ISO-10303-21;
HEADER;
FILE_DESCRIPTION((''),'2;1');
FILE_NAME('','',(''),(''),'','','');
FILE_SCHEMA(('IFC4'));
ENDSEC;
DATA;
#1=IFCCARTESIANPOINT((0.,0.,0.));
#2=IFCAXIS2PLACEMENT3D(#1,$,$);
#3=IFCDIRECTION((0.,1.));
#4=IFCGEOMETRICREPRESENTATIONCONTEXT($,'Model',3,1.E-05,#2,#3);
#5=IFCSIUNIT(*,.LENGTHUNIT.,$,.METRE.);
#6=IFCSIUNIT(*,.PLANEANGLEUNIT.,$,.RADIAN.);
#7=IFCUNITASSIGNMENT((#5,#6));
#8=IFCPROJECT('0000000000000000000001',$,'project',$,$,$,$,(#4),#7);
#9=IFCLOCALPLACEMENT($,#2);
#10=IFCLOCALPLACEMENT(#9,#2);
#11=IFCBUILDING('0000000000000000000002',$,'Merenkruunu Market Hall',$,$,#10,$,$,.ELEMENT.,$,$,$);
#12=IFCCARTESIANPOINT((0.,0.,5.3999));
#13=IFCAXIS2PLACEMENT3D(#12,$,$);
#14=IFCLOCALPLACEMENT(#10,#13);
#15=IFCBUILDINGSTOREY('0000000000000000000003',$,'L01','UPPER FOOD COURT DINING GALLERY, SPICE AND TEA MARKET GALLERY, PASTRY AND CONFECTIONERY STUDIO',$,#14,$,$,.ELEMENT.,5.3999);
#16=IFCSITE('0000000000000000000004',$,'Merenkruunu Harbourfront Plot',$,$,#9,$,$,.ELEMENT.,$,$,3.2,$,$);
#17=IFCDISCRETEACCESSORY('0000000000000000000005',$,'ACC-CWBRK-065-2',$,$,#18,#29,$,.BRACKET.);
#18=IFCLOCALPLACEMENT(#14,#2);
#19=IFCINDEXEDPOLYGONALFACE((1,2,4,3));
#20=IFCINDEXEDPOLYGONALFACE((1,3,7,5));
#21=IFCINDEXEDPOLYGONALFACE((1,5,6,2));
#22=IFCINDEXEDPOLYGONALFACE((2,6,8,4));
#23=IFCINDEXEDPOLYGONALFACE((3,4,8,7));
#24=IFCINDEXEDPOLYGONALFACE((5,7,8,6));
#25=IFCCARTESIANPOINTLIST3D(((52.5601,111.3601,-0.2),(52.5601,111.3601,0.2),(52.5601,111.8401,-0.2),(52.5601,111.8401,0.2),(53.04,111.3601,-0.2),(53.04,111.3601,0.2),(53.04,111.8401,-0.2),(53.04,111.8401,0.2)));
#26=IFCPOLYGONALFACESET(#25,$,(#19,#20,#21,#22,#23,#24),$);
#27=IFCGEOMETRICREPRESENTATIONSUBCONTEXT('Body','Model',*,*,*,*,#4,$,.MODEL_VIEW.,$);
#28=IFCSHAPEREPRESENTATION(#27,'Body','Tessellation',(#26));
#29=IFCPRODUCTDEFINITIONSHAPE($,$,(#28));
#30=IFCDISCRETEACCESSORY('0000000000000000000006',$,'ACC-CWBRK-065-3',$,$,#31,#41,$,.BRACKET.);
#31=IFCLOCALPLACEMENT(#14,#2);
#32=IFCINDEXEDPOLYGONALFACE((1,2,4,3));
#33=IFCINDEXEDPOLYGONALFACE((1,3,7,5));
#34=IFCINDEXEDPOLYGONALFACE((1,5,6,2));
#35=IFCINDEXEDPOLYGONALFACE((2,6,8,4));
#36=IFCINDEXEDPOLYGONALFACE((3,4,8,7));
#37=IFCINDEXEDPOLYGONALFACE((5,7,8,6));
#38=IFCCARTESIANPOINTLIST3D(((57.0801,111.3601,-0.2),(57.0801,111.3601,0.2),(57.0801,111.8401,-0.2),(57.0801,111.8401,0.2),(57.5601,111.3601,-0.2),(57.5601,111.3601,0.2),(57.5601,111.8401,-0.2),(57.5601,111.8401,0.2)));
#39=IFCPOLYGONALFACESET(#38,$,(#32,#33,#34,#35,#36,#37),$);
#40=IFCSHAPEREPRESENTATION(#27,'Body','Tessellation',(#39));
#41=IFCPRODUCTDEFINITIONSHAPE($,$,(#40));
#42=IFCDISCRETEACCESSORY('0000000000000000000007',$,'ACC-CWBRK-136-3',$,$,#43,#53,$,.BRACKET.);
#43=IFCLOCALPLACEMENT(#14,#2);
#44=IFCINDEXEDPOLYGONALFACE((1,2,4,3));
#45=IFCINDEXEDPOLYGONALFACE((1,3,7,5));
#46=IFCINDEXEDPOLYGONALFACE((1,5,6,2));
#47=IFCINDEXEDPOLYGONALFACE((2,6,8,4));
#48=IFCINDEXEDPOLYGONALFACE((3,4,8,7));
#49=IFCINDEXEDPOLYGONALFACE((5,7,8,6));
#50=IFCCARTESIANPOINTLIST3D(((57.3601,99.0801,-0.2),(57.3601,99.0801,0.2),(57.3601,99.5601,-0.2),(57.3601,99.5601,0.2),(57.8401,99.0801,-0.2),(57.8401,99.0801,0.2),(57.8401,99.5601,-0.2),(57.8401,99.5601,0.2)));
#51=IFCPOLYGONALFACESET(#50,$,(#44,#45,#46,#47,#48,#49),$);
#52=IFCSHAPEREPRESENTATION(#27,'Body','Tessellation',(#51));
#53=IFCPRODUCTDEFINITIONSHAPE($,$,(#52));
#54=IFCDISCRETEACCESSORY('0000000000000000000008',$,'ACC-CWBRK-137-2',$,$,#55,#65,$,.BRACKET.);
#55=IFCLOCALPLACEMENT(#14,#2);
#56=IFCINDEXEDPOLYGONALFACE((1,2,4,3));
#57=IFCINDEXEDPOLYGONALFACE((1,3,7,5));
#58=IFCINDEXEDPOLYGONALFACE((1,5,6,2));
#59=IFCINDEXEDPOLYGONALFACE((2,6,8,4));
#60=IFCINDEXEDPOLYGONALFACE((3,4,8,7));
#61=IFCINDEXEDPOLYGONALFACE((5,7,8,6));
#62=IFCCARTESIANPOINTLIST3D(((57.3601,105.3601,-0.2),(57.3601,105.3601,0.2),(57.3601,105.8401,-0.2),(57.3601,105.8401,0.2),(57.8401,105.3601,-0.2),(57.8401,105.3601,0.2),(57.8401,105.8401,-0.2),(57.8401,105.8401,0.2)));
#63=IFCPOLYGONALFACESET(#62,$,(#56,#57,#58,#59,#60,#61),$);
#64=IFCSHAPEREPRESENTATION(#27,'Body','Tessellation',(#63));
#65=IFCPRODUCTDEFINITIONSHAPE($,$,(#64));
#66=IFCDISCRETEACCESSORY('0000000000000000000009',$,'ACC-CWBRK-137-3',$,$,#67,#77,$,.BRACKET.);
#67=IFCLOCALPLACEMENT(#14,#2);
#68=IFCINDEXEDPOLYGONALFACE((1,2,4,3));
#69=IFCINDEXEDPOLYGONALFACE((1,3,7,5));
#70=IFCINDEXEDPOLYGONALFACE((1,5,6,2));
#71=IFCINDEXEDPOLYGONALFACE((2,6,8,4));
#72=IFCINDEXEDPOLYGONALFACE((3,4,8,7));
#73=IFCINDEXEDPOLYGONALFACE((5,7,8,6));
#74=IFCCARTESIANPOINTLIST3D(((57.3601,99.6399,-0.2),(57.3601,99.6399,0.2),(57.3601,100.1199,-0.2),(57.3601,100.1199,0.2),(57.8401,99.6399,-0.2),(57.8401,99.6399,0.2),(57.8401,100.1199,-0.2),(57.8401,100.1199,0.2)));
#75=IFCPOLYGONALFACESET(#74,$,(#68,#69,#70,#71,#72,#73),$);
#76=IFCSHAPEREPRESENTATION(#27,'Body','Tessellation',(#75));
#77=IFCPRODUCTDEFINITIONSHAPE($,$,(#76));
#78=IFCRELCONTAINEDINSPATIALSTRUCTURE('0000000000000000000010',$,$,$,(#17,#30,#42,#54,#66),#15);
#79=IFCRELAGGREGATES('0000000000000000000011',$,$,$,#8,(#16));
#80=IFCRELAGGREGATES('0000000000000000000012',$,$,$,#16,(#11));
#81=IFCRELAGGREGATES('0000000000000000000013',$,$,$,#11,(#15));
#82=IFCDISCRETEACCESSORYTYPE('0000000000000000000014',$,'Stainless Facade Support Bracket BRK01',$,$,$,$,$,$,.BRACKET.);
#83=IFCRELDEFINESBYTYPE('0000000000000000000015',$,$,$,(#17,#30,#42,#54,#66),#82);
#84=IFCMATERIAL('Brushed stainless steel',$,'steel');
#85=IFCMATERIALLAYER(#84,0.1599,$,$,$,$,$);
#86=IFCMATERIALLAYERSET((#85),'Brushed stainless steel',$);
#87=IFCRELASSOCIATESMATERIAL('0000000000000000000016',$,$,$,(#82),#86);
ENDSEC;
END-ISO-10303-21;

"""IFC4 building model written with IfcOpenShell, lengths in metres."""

from ifc_helpers import new_model, si_unit, direction, frame, origin, origin_2d, place, context, subcontext, project, spatial, rectangle, extrude, material, layer, layer_set, type_object, element, save


model = new_model("IFC4")

# Units and contexts
model_context = context("Model", 3, precision=1e-05, world=origin(), true_north=direction((0.0, 1.0)))
body_context = subcontext(model_context, "Body", "Model", "MODEL_VIEW")
ifc_project = project(units=[si_unit("LENGTHUNIT", "METRE"), si_unit("PLANEANGLEUNIT", "RADIAN")], contexts=[model_context])

# Site, building, storey
site_placement = place(None, origin())
site = spatial("IfcSite", under=ifc_project, at=site_placement, Name="Merenkruunu Harbourfront Plot", CompositionType="ELEMENT", RefElevation=3.2)
building_placement = place(site_placement, origin())
building = spatial("IfcBuilding", under=site, at=building_placement, Name="Merenkruunu Market Hall", CompositionType="ELEMENT")
storey_placement = place(building_placement, frame((0.0, 0.0, 5.3999)))
storey = spatial("IfcBuildingStorey", under=building, at=storey_placement, Name="L01", Description="UPPER FOOD COURT DINING GALLERY, SPICE AND TEA MARKET GALLERY, PASTRY AND CONFECTIONERY STUDIO", CompositionType="ELEMENT", Elevation=5.3999)

# Discrete accessories
ifc_material_1 = material(Name="Brushed stainless steel", Category="steel")
ifc_layer_1 = layer(ifc_material_1, 0.1599)
ifc_layer_set_1 = layer_set([ifc_layer_1], Name="Brushed stainless steel")
discrete_accessory_type = type_object("IfcDiscreteAccessoryType", Name="Stainless Facade Support Bracket BRK01", PredefinedType="BRACKET", material=ifc_layer_set_1)
for number, where, z_axis, x_axis, name in (
    (1, (52.8, 111.6001, -0.2), (0.0, 0.0, 1.0), (1.0, 0.0, 0.0), "ACC-CWBRK-065-2"),
    (2, (57.3201, 111.6001, -0.2), (0.0, 0.0, 1.0), (1.0, 0.0, 0.0), "ACC-CWBRK-065-3"),
    (3, (57.6001, 99.3201, -0.2), (0.0, 0.0, 1.0), (1.0, 0.0, 0.0), "ACC-CWBRK-136-3"),
    (4, (57.6001, 105.6001, -0.2), (0.0, 0.0, 1.0), (1.0, 0.0, 0.0), "ACC-CWBRK-137-2"),
    (5, (57.6001, 99.8799, -0.2), (0.0, 0.0, 1.0), (1.0, 0.0, 0.0), "ACC-CWBRK-137-3"),
):
    element("IfcDiscreteAccessory", number, at=place(storey_placement, frame(where, z_axis=z_axis, x_axis=x_axis)), inside=storey, type_object=discrete_accessory_type, Name=name, PredefinedType="BRACKET", context=body_context, shape_type="SweptSolid", body=[
        extrude(rectangle(XDim=0.48, YDim=0.48, at=origin_2d()), origin(), (0.0, 0.0, 1.0), 0.3999),
    ])

save(model, "model.ifc")
